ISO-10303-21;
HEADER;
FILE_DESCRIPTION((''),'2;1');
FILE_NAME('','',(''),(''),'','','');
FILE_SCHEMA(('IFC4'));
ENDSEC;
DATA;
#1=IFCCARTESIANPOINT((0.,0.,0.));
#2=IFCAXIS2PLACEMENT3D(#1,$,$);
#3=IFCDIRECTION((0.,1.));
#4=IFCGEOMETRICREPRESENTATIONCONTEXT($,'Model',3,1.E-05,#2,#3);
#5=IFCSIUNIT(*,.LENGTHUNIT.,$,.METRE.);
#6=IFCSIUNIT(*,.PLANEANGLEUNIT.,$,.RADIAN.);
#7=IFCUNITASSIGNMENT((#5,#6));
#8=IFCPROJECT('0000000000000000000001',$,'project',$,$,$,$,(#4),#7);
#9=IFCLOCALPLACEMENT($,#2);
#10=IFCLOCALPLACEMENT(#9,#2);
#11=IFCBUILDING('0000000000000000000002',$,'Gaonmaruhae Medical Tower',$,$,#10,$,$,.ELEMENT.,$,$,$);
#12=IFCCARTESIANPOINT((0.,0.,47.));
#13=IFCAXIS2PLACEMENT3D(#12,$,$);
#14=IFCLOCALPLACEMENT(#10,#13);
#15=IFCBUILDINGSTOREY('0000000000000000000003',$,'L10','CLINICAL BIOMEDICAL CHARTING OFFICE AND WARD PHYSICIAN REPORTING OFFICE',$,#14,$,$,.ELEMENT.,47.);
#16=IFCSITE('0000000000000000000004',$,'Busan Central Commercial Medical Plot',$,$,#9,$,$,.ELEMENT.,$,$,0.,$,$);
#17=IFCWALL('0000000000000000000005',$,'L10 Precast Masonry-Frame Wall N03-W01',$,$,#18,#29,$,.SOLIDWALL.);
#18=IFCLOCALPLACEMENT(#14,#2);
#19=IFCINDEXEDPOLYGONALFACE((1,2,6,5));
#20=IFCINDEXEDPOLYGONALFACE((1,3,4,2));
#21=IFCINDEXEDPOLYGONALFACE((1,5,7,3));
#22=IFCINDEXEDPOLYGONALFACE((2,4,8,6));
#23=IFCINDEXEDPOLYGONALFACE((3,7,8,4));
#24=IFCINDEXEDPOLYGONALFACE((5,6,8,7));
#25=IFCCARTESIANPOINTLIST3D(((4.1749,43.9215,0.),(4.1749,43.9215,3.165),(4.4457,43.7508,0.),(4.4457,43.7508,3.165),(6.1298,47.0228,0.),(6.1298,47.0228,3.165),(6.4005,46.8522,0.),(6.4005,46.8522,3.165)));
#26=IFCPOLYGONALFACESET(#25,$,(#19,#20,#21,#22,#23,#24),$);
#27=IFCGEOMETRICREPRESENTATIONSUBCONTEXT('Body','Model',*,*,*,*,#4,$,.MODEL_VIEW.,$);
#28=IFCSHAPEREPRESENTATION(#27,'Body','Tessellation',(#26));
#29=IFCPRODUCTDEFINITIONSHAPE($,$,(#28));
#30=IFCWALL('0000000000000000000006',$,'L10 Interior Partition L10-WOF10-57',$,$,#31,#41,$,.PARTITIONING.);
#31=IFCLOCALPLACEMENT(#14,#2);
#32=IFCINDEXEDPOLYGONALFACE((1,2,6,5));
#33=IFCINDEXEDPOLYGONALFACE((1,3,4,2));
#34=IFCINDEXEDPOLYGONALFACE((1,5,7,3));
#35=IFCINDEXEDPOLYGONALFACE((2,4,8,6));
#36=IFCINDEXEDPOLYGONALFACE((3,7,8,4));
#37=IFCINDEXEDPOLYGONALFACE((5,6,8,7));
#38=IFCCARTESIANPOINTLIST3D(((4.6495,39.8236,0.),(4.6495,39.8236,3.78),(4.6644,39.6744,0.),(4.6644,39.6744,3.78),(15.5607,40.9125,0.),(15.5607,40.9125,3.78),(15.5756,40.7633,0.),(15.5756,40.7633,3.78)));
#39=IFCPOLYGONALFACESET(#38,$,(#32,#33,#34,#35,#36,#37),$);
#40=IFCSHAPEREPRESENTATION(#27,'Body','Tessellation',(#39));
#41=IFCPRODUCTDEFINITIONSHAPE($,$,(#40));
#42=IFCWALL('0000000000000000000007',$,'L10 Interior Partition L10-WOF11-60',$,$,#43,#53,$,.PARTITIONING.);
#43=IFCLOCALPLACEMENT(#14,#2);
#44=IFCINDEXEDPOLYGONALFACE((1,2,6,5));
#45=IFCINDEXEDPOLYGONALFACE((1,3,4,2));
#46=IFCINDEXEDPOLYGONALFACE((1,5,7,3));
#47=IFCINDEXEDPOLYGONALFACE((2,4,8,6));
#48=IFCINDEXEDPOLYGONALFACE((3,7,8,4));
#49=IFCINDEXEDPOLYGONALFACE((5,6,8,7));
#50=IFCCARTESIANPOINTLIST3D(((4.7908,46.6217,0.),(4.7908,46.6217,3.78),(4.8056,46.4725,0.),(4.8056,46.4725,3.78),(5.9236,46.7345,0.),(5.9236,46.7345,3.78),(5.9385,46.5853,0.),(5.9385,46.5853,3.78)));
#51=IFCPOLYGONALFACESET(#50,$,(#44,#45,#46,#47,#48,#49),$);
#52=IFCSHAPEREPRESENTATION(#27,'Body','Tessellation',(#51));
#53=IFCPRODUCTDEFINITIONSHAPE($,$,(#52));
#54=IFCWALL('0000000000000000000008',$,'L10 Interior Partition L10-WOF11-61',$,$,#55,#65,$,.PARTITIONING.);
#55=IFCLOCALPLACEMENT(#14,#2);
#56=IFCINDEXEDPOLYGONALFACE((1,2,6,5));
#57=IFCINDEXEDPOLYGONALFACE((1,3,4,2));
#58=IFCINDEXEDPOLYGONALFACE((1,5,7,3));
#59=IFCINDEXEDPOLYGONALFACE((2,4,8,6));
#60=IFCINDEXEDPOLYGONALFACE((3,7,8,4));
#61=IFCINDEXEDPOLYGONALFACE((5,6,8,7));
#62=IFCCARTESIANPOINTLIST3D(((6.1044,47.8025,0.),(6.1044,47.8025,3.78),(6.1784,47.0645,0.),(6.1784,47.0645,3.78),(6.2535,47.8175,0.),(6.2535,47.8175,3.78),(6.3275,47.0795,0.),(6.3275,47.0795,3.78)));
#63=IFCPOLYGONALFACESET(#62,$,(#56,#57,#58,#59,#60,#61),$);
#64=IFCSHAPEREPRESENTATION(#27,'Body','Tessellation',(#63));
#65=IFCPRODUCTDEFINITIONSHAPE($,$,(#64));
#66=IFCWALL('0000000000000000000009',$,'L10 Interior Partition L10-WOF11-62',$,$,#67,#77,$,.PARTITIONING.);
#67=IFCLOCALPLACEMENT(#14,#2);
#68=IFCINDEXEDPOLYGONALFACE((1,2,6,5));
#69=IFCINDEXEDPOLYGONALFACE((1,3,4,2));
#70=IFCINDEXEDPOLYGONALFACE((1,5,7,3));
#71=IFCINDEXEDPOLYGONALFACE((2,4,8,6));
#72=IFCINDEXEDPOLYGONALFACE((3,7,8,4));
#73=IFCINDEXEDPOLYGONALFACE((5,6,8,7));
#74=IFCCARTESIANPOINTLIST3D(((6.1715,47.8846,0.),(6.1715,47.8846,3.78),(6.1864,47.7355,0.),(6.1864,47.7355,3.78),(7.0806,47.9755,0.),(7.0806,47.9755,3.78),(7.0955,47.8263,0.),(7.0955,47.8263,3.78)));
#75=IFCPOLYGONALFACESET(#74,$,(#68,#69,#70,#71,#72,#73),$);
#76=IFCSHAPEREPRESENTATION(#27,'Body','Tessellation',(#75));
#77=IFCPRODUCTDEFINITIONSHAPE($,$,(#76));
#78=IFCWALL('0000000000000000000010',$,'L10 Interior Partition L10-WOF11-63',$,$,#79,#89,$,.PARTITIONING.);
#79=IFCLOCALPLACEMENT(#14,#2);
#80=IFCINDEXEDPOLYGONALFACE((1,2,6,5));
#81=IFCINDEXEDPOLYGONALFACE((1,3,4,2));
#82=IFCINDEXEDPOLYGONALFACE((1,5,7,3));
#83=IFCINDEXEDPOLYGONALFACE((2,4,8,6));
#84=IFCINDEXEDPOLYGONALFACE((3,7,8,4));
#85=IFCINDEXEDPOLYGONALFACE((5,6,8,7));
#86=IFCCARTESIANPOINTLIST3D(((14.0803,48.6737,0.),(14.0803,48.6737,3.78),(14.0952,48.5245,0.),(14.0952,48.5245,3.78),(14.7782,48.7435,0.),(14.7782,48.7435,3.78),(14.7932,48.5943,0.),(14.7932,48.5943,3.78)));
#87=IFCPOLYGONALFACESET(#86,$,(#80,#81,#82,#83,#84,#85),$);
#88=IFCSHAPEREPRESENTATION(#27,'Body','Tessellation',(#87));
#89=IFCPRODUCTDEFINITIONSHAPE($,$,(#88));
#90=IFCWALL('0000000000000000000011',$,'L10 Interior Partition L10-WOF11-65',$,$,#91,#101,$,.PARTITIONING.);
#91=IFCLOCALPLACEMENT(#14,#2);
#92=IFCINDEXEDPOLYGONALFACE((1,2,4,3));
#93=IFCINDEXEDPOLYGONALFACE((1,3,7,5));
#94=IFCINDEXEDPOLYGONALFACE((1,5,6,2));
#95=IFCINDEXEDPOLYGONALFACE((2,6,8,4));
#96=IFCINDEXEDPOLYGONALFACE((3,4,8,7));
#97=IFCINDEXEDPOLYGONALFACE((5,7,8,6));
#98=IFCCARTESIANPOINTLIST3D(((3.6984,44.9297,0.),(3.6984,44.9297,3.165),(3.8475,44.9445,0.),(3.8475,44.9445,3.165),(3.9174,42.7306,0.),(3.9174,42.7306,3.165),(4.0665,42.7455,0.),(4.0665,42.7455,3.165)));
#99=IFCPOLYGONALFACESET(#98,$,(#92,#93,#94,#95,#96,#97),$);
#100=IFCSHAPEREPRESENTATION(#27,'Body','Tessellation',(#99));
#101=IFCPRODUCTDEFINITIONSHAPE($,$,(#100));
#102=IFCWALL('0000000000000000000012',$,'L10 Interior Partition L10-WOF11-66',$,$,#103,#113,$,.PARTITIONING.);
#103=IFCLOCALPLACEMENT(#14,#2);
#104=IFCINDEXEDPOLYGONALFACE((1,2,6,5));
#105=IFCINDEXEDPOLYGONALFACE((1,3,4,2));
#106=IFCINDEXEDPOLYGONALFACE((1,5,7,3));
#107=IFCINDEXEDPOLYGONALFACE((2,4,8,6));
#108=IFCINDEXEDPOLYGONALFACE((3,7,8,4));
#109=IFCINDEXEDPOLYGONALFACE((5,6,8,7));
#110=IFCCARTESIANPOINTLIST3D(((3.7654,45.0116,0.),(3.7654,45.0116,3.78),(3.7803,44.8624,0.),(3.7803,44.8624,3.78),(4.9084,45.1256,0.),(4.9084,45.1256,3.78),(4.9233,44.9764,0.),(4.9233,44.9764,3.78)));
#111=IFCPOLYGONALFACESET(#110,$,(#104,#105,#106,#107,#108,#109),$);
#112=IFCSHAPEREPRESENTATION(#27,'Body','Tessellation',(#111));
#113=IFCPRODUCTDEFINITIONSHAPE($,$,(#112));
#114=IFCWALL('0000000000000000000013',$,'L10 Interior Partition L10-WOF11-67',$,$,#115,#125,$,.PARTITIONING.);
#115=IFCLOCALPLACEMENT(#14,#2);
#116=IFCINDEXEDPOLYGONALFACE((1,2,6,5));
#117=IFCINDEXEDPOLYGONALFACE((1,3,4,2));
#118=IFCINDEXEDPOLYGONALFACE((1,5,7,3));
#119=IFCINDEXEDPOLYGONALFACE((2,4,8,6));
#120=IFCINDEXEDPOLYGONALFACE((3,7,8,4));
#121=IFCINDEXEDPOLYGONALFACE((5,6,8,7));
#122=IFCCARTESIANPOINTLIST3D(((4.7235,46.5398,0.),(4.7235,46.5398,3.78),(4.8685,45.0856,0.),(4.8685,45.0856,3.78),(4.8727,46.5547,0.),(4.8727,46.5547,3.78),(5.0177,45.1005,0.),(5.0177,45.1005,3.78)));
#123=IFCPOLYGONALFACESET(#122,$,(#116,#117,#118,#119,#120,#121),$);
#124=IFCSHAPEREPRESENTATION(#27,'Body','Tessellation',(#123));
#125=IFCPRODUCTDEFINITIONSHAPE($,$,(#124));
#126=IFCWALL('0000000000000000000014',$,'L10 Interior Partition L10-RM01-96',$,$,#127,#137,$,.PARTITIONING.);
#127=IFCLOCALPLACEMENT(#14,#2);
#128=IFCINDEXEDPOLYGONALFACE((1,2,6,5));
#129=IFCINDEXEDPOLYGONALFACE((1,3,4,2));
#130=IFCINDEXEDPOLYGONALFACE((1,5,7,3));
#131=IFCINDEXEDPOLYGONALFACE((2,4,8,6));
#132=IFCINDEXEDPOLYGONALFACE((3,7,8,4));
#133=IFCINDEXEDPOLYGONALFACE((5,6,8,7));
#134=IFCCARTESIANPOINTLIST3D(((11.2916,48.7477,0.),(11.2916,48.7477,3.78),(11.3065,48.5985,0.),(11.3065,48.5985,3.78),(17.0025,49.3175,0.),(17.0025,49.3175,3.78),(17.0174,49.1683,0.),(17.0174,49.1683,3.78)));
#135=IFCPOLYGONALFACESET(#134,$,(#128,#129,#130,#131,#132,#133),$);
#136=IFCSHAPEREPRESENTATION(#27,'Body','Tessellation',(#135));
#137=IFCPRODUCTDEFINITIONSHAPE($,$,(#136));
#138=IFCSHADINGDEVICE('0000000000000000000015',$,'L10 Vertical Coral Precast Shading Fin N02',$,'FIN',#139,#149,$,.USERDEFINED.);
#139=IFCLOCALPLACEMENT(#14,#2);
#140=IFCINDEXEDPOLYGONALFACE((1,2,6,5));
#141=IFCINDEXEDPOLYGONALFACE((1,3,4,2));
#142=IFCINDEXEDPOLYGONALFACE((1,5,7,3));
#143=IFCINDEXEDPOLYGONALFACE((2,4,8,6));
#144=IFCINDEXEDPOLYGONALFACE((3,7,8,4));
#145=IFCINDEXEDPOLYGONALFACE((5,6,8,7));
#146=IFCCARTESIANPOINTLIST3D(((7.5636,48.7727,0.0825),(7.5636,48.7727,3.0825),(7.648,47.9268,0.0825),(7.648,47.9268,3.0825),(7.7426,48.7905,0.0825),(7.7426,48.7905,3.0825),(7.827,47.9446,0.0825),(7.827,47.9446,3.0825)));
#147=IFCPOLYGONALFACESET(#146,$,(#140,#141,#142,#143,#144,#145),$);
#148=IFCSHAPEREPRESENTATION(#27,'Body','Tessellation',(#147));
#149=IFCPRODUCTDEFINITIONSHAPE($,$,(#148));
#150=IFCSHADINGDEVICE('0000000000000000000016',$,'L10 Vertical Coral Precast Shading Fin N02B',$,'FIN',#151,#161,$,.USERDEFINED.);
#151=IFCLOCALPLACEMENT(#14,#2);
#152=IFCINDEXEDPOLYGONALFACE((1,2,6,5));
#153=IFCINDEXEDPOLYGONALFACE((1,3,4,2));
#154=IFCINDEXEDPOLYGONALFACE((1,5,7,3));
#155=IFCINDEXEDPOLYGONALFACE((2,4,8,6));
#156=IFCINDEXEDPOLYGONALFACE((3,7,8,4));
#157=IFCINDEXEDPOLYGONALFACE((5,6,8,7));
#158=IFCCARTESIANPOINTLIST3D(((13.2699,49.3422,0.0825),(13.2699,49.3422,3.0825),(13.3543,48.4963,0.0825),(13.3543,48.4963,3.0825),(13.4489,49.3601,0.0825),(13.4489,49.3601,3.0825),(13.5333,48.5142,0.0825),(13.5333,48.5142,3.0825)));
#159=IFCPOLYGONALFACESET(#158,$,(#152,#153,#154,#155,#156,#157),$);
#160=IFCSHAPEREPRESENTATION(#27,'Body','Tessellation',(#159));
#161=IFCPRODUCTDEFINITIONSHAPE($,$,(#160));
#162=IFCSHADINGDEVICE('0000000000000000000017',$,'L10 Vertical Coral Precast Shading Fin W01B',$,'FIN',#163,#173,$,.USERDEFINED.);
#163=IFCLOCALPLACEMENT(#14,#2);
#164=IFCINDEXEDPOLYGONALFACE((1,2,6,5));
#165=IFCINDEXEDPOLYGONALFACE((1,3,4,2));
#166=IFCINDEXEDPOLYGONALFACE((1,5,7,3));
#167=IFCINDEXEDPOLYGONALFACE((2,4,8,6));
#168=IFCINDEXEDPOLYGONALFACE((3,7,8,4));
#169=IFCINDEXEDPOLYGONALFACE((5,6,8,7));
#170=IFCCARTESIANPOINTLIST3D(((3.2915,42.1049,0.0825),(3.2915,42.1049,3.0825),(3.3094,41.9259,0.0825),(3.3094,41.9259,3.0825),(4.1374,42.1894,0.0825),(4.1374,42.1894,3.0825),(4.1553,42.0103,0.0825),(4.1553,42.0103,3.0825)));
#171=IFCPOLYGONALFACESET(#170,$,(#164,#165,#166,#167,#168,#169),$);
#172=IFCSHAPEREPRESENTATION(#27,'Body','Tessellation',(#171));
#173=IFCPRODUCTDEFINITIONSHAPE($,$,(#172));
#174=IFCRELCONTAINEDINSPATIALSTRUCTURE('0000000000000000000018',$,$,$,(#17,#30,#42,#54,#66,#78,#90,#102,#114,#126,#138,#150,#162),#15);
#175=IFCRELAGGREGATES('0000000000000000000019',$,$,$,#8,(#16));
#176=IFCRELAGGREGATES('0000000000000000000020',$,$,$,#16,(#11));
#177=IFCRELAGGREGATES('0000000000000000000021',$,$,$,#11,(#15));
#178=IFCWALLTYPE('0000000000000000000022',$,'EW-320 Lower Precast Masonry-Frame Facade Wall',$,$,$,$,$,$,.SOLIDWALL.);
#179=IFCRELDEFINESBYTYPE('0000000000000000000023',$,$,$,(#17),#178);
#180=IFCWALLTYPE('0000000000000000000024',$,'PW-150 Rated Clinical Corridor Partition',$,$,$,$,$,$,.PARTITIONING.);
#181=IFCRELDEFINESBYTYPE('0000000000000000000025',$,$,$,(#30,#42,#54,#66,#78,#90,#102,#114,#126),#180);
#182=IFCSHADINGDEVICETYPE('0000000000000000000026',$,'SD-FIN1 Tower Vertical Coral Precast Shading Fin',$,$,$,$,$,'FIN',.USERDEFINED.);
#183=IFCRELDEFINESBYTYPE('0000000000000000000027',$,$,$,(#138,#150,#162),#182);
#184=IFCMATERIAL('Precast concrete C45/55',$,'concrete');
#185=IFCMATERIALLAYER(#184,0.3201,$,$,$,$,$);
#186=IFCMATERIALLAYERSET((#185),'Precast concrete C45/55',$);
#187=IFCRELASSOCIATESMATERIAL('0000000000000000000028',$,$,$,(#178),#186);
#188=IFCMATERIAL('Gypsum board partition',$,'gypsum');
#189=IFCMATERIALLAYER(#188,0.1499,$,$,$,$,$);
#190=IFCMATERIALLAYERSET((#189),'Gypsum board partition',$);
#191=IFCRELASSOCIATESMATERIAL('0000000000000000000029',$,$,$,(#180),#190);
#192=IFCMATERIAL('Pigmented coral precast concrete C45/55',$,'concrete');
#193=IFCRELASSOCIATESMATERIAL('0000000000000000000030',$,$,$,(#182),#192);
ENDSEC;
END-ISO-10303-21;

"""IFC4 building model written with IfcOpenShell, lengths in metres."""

from ifc_helpers import new_model, si_unit, direction, frame, frame_2d, origin, origin_2d, place, context, subcontext, project, spatial, rectangle, extrude, material, layer, layer_set, type_object, element, save


model = new_model("IFC4")

# Units and contexts
model_context = context("Model", 3, precision=1e-05, world=origin(), true_north=direction((0.0, 1.0)))
body_context = subcontext(model_context, "Body", "Model", "MODEL_VIEW")
ifc_project = project(units=[si_unit("LENGTHUNIT", "METRE"), si_unit("PLANEANGLEUNIT", "RADIAN")], contexts=[model_context])

# Site, building, storey
site_placement = place(None, origin())
site = spatial("IfcSite", under=ifc_project, at=site_placement, Name="Busan Central Commercial Medical Plot", CompositionType="ELEMENT", RefElevation=0.0)
building_placement = place(site_placement, origin())
building = spatial("IfcBuilding", under=site, at=building_placement, Name="Gaonmaruhae Medical Tower", CompositionType="ELEMENT")
storey_placement = place(building_placement, frame((0.0, 0.0, 47.0)))
storey = spatial("IfcBuildingStorey", under=building, at=storey_placement, Name="L10", Description="CLINICAL BIOMEDICAL CHARTING OFFICE AND WARD PHYSICIAN REPORTING OFFICE", CompositionType="ELEMENT", Elevation=47.0)

# Walls
ifc_material_1 = material(Name="Precast concrete C45/55", Category="concrete")
ifc_layer_1 = layer(ifc_material_1, 0.3201)
ifc_layer_set_1 = layer_set([ifc_layer_1], Name="Precast concrete C45/55")
wall_type_1 = type_object("IfcWallType", Name="EW-320 Lower Precast Masonry-Frame Facade Wall", PredefinedType="SOLIDWALL", material=ifc_layer_set_1)
wall_1_placement = place(storey_placement, frame((4.3103, 43.8362, 0.0), z_axis=(0.0, 0.0, 1.0), x_axis=(0.533234, 0.845968, 0.0)))
element("IfcWall", 1, at=wall_1_placement, inside=storey, type_object=wall_type_1, Name="L10 Precast Masonry-Frame Wall N03-W01", PredefinedType="SOLIDWALL", context=body_context, shape_type="SweptSolid", body=[
    extrude(rectangle(XDim=3.666, YDim=0.3201, at=frame_2d((1.833, 0.0))), origin(), (0.0, 0.0, 1.0), 3.165),
])
ifc_material_2 = material(Name="Gypsum board partition", Category="gypsum")
ifc_layer_2 = layer(ifc_material_2, 0.1499)
ifc_layer_set_2 = layer_set([ifc_layer_2], Name="Gypsum board partition")
wall_type_2 = type_object("IfcWallType", Name="PW-150 Rated Clinical Corridor Partition", PredefinedType="PARTITIONING", material=ifc_layer_set_2)
wall_2_placement = place(storey_placement, frame((4.657, 39.749, 0.0), z_axis=(0.0, 0.0, 1.0), x_axis=(0.995057, 0.099301, 0.0)))
element("IfcWall", 2, at=wall_2_placement, inside=storey, type_object=wall_type_2, Name="L10 Interior Partition L10-WOF10-57", PredefinedType="PARTITIONING", context=body_context, shape_type="SweptSolid", body=[
    extrude(rectangle(XDim=10.9653, YDim=0.1499, at=frame_2d((5.4827, 0.0))), origin(), (0.0, 0.0, 1.0), 3.78),
])
wall_3_placement = place(storey_placement, frame((4.7981, 46.5471, 0.0), z_axis=(0.0, 0.0, 1.0), x_axis=(0.99508, 0.099079, 0.0)))
element("IfcWall", 3, at=wall_3_placement, inside=storey, type_object=wall_type_2, Name="L10 Interior Partition L10-WOF11-60", PredefinedType="PARTITIONING", context=body_context, shape_type="SweptSolid", body=[
    extrude(rectangle(XDim=1.1384, YDim=0.1499, at=frame_2d((0.5693, 0.0))), origin(), (0.0, 0.0, 1.0), 3.78),
])
wall_4_placement = place(storey_placement, frame((6.2529, 47.072, 0.0), z_axis=(0.0, 0.0, 1.0), x_axis=(-0.099732, 0.995014, 0.0)))
element("IfcWall", 4, at=wall_4_placement, inside=storey, type_object=wall_type_2, Name="L10 Interior Partition L10-WOF11-61", PredefinedType="PARTITIONING", context=body_context, shape_type="SweptSolid", body=[
    extrude(rectangle(XDim=0.7417, YDim=0.1499, at=frame_2d((0.3708, 0.0))), origin(), (0.0, 0.0, 1.0), 3.78),
])
wall_5_placement = place(storey_placement, frame((6.179, 47.8101, 0.0), z_axis=(0.0, 0.0, 1.0), x_axis=(0.995045, 0.099424, 0.0)))
element("IfcWall", 5, at=wall_5_placement, inside=storey, type_object=wall_type_2, Name="L10 Interior Partition L10-WOF11-62", PredefinedType="PARTITIONING", context=body_context, shape_type="SweptSolid", body=[
    extrude(rectangle(XDim=0.9136, YDim=0.1499, at=frame_2d((0.4568, 0.0))), origin(), (0.0, 0.0, 1.0), 3.78),
])
wall_6_placement = place(storey_placement, frame((14.0879, 48.5991, 0.0), z_axis=(0.0, 0.0, 1.0), x_axis=(0.995034, 0.099538, 0.0)))
element("IfcWall", 6, at=wall_6_placement, inside=storey, type_object=wall_type_2, Name="L10 Interior Partition L10-WOF11-63", PredefinedType="PARTITIONING", context=body_context, shape_type="SweptSolid", body=[
    extrude(rectangle(XDim=0.7014, YDim=0.1499, at=frame_2d((0.3506, 0.0))), origin(), (0.0, 0.0, 1.0), 3.78),
])
wall_7_placement = place(storey_placement, frame((3.9919, 42.738, 0.0), z_axis=(0.0, 0.0, 1.0), x_axis=(-0.099099, 0.995078, 0.0)))
element("IfcWall", 7, at=wall_7_placement, inside=storey, type_object=wall_type_2, Name="L10 Interior Partition L10-WOF11-65", PredefinedType="PARTITIONING", context=body_context, shape_type="SweptSolid", body=[
    extrude(rectangle(XDim=2.21, YDim=0.1499, at=frame_2d((1.105, 0.0))), origin(), (0.0, 0.0, 1.0), 3.165),
])
wall_8_placement = place(storey_placement, frame((3.7729, 44.937, 0.0), z_axis=(0.0, 0.0, 1.0), x_axis=(0.995062, 0.099251, 0.0)))
element("IfcWall", 8, at=wall_8_placement, inside=storey, type_object=wall_type_2, Name="L10 Interior Partition L10-WOF11-66", PredefinedType="PARTITIONING", context=body_context, shape_type="SweptSolid", body=[
    extrude(rectangle(XDim=1.1487, YDim=0.1499, at=frame_2d((0.5742, 0.0))), origin(), (0.0, 0.0, 1.0), 3.78),
])
wall_9_placement = place(storey_placement, frame((4.9431, 45.093, 0.0), z_axis=(0.0, 0.0, 1.0), x_axis=(-0.099239, 0.995064, 0.0)))
element("IfcWall", 9, at=wall_9_placement, inside=storey, type_object=wall_type_2, Name="L10 Interior Partition L10-WOF11-67", PredefinedType="PARTITIONING", context=body_context, shape_type="SweptSolid", body=[
    extrude(rectangle(XDim=1.4614, YDim=0.1499, at=frame_2d((0.7307, 0.0))), origin(), (0.0, 0.0, 1.0), 3.78),
])
wall_10_placement = place(storey_placement, frame((11.2991, 48.6731, 0.0), z_axis=(0.0, 0.0, 1.0), x_axis=(0.995059, 0.099285, 0.0)))
element("IfcWall", 10, at=wall_10_placement, inside=storey, type_object=wall_type_2, Name="L10 Interior Partition L10-RM01-96", PredefinedType="PARTITIONING", context=body_context, shape_type="SweptSolid", body=[
    extrude(rectangle(XDim=5.7393, YDim=0.1499, at=frame_2d((2.8696, 0.0))), origin(), (0.0, 0.0, 1.0), 3.78),
])

# Shading devices
ifc_material_3 = material(Name="Pigmented coral precast concrete C45/55", Category="concrete")
shading_device_type = type_object("IfcShadingDeviceType", Name="SD-FIN1 Tower Vertical Coral Precast Shading Fin", ElementType="FIN", PredefinedType="USERDEFINED", material=ifc_material_3)
for number, where, z_axis, x_axis, name in (
    (11, (7.6953, 48.3586, 0.0825), (0.0, 0.0, 1.0), (0.995057, 0.099302, 0.0), "L10 Vertical Coral Precast Shading Fin N02"),
    (12, (13.4016, 48.9282, 0.0825), (0.0, 0.0, 1.0), (0.995057, 0.099302, 0.0), "L10 Vertical Coral Precast Shading Fin N02B"),
    (13, (3.7234, 42.0576, 0.0825), (0.0, 0.0, 1.0), (-0.099337, 0.995054, 0.0), "L10 Vertical Coral Precast Shading Fin W01B"),
):
    element("IfcShadingDevice", number, at=place(storey_placement, frame(where, z_axis=z_axis, x_axis=x_axis)), inside=storey, type_object=shading_device_type, Name=name, ObjectType="FIN", PredefinedType="USERDEFINED", context=body_context, shape_type="SweptSolid", body=[
        extrude(rectangle(XDim=0.1799, YDim=0.8501, at=origin_2d()), origin(), (0.0, 0.0, 1.0), 3.0),
    ])

save(model, "model.ifc")
